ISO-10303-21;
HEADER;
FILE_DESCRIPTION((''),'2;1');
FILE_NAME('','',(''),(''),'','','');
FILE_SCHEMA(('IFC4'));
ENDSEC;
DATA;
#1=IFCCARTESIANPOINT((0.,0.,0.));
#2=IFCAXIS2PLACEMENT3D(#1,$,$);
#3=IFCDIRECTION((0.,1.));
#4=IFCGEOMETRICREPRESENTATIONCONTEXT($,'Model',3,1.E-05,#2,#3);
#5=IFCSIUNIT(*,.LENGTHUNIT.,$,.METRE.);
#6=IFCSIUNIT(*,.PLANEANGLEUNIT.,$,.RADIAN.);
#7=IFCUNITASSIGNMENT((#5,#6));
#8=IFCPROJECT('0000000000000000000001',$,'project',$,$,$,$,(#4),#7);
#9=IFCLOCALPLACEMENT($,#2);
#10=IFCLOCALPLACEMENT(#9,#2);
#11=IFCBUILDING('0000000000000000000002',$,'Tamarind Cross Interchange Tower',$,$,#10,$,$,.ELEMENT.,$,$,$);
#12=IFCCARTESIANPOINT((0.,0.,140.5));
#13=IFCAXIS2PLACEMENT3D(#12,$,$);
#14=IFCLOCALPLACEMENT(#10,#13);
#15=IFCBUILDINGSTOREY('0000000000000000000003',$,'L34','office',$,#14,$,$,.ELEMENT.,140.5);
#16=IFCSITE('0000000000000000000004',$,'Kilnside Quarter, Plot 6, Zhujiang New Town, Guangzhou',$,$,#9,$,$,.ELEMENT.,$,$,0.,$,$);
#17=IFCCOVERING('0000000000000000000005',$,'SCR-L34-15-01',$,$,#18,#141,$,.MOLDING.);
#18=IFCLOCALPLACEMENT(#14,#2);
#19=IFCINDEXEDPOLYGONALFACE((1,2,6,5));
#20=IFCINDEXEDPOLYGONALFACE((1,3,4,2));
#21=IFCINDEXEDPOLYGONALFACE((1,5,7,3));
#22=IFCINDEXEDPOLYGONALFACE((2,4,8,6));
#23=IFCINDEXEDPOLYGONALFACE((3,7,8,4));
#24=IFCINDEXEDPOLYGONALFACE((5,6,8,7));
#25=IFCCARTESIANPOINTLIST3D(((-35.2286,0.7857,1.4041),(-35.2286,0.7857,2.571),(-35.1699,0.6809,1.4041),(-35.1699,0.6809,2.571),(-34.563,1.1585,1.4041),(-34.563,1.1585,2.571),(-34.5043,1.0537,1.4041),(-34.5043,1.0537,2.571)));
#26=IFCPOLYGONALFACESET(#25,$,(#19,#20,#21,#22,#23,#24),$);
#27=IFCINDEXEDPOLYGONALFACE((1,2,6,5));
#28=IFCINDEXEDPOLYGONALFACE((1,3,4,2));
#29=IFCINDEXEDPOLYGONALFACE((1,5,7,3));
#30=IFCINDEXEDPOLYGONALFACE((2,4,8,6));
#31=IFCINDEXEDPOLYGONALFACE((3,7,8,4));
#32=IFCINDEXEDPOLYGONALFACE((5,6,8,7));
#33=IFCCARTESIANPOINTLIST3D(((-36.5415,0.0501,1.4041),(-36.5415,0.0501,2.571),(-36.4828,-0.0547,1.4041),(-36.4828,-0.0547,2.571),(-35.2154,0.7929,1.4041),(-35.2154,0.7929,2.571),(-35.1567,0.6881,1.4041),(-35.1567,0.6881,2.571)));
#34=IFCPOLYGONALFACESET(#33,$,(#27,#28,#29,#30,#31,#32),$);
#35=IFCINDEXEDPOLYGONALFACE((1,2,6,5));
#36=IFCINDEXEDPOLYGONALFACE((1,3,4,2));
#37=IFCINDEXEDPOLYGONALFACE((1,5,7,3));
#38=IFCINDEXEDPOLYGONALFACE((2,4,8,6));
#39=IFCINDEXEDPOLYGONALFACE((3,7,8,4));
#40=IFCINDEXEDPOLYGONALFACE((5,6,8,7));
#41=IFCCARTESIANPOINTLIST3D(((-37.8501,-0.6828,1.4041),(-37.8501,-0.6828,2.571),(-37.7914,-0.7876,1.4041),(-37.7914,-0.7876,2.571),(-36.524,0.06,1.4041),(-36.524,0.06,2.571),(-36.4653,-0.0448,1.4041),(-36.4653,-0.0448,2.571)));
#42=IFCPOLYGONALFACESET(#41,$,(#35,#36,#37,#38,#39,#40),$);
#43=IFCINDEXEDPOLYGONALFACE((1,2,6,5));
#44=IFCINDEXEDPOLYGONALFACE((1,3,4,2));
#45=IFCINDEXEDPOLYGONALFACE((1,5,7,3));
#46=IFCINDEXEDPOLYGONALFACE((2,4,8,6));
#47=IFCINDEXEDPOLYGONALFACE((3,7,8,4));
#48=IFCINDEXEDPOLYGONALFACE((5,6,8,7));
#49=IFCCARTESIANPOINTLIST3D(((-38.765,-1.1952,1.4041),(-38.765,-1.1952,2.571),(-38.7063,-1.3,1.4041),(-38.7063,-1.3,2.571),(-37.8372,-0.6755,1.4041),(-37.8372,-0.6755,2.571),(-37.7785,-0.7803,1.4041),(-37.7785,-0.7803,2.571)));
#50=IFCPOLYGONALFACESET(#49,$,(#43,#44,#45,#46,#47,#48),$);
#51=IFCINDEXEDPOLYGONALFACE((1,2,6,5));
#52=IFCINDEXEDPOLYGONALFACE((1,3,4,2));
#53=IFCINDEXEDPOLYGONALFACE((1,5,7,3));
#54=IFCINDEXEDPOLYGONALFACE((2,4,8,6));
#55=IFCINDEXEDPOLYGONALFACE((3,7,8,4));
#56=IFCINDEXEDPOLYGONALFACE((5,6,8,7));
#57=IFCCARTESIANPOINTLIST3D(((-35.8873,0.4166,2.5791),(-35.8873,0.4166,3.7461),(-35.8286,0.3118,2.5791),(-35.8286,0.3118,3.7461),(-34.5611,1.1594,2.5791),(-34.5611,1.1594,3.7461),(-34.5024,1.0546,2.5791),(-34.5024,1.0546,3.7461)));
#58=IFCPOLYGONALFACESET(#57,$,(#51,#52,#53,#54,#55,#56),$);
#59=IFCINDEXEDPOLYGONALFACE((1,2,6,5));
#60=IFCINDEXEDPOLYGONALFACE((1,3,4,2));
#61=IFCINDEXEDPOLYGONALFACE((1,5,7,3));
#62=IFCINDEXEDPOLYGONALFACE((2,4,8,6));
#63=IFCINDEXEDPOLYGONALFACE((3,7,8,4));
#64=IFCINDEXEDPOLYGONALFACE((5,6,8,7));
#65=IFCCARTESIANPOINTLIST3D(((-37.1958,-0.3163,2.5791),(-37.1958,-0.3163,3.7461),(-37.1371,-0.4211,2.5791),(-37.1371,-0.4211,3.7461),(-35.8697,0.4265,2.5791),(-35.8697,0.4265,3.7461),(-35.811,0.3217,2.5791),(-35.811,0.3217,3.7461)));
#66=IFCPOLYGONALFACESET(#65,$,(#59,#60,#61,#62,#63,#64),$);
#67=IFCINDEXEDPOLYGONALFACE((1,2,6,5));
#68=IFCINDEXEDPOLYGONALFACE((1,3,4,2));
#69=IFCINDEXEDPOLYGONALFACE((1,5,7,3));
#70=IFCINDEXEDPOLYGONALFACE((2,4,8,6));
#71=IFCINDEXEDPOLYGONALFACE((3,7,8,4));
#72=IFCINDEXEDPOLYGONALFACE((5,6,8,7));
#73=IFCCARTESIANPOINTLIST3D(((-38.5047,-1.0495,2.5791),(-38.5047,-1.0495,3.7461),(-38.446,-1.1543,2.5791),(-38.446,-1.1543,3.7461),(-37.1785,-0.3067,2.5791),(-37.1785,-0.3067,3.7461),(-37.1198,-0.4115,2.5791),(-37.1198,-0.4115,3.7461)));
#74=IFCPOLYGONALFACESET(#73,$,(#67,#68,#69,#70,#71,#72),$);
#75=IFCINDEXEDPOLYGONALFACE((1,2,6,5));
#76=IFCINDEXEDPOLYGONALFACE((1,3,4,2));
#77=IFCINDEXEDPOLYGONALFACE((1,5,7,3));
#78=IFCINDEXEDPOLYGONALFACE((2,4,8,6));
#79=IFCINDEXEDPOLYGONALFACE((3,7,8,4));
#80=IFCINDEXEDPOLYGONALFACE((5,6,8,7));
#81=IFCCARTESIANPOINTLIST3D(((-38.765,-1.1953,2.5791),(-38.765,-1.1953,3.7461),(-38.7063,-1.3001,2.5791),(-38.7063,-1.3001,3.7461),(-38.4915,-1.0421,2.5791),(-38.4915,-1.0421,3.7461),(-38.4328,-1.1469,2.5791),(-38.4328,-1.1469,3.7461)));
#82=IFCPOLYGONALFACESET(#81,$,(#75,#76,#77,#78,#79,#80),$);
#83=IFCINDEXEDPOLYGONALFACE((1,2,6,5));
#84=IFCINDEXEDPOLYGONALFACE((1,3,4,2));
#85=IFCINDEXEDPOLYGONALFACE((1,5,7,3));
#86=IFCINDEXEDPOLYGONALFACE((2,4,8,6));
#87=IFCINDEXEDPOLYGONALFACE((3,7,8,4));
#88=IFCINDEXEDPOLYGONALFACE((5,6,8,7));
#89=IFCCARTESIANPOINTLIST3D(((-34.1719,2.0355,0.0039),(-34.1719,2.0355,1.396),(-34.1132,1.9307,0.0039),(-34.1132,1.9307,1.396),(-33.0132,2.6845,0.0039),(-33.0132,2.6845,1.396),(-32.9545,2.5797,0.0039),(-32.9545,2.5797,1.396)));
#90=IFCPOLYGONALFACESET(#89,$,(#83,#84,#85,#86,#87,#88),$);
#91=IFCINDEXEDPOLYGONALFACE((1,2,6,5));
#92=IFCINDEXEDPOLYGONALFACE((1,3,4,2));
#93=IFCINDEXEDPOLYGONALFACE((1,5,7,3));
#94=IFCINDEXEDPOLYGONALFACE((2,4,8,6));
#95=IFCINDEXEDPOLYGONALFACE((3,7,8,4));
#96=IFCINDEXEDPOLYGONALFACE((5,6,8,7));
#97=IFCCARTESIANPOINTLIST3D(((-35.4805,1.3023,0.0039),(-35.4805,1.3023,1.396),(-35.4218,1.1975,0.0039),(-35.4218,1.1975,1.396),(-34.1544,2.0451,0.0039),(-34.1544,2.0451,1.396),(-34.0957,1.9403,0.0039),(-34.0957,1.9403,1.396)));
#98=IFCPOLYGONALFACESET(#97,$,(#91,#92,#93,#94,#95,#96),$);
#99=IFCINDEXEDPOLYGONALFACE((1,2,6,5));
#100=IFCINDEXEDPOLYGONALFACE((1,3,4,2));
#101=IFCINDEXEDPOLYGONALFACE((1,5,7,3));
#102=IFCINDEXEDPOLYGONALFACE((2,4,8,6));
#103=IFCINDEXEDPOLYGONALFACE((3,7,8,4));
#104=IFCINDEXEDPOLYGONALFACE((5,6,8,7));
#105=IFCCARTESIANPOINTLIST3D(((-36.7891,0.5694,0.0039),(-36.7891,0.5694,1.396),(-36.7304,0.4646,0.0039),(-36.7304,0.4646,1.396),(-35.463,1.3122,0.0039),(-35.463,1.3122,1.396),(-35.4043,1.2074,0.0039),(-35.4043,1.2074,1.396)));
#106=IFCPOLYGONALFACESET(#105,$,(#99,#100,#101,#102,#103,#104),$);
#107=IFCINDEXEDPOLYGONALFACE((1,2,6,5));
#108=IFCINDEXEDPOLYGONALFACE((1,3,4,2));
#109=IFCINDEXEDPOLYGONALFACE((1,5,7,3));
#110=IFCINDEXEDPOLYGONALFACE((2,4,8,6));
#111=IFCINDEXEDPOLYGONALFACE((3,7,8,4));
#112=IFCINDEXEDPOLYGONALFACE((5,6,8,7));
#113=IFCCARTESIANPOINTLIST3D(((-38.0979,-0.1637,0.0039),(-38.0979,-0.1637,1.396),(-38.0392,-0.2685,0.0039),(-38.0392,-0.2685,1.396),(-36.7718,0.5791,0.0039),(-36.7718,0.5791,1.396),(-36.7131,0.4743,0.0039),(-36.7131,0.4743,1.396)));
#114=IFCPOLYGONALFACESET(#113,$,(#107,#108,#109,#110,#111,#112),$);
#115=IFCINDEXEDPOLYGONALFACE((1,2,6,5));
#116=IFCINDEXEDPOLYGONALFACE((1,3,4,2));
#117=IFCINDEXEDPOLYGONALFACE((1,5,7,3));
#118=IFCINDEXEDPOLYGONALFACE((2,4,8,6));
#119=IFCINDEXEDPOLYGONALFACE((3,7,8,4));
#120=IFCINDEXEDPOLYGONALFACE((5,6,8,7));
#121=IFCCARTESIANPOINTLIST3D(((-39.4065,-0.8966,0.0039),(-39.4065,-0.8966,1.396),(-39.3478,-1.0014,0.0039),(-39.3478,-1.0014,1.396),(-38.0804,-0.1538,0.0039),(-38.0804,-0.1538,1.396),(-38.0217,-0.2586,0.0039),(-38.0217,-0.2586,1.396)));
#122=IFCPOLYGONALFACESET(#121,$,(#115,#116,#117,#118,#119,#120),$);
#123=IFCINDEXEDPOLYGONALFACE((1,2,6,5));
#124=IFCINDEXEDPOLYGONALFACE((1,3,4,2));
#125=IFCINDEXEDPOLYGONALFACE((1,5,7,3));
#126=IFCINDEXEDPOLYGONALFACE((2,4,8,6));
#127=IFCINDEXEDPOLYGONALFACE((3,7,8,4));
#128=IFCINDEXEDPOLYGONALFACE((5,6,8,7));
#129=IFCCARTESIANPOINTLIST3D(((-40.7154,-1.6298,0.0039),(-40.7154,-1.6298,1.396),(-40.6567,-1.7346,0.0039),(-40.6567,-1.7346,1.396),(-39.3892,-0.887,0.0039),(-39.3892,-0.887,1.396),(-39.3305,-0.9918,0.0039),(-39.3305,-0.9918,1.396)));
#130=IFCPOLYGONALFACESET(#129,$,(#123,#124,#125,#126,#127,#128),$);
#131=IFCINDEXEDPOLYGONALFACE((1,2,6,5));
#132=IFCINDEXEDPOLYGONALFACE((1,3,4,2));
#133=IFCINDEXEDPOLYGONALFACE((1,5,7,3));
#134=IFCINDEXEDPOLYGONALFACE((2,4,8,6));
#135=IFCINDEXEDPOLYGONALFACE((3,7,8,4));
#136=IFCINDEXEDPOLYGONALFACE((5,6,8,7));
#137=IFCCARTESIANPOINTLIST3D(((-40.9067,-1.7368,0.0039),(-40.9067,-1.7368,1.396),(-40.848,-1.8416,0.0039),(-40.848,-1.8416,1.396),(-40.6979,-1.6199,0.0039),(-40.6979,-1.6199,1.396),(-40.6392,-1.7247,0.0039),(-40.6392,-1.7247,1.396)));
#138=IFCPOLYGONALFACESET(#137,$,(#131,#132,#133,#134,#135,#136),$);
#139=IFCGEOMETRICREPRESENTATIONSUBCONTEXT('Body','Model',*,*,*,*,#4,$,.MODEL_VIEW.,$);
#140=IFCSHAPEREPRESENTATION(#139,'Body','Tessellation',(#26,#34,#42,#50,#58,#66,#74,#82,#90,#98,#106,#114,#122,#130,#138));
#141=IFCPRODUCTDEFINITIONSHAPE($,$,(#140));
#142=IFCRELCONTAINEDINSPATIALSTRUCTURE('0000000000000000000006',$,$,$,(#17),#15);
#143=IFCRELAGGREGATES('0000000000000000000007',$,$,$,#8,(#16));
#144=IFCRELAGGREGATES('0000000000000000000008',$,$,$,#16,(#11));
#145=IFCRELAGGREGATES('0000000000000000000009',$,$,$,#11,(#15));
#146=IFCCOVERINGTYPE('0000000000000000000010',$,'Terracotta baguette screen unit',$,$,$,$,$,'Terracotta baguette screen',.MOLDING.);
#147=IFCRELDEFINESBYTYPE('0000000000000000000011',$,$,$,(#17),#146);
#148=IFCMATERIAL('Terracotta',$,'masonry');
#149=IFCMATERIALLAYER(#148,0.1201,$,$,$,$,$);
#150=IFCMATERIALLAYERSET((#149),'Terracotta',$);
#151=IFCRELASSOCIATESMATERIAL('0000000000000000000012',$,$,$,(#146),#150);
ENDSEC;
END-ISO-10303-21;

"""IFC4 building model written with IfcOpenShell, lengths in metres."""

from ifc_helpers import new_model, si_unit, direction, frame, origin, origin_2d, place, context, subcontext, project, spatial, rectangle, extrude, material, layer, layer_set, type_object, element, save


model = new_model("IFC4")

# Units and contexts
model_context = context("Model", 3, precision=1e-05, world=origin(), true_north=direction((0.0, 1.0)))
body_context = subcontext(model_context, "Body", "Model", "MODEL_VIEW")
ifc_project = project(units=[si_unit("LENGTHUNIT", "METRE"), si_unit("PLANEANGLEUNIT", "RADIAN")], contexts=[model_context])

# Site, building, storey
site_placement = place(None, origin())
site = spatial("IfcSite", under=ifc_project, at=site_placement, Name="Kilnside Quarter, Plot 6, Zhujiang New Town, Guangzhou", CompositionType="ELEMENT", RefElevation=0.0)
building_placement = place(site_placement, origin())
building = spatial("IfcBuilding", under=site, at=building_placement, Name="Tamarind Cross Interchange Tower", CompositionType="ELEMENT")
storey_placement = place(building_placement, frame((0.0, 0.0, 140.5)))
storey = spatial("IfcBuildingStorey", under=building, at=storey_placement, Name="L34", Description="office", CompositionType="ELEMENT", Elevation=140.5)

# Covering
ifc_material_1 = material(Name="Terracotta", Category="masonry")
ifc_layer_1 = layer(ifc_material_1, 0.1201)
ifc_layer_set_1 = layer_set([ifc_layer_1], Name="Terracotta")
covering_type = type_object("IfcCoveringType", Name="Terracotta baguette screen unit", ElementType="Terracotta baguette screen", PredefinedType="MOLDING", material=ifc_layer_set_1)
covering_1_placement = place(storey_placement, origin())
element("IfcCovering", 1, at=covering_1_placement, inside=storey, type_object=covering_type, Name="SCR-L34-15-01", PredefinedType="MOLDING", context=body_context, shape_type="SweptSolid", body=[
    extrude(rectangle(XDim=0.7629, YDim=0.1201, at=origin_2d()), frame((-34.8665, 0.9197, 1.4041), z_axis=(0.0, 0.0, 1.0), x_axis=(-0.872458, -0.488688, 0.0)), (0.0, 0.0, 1.0), 1.167),
    extrude(rectangle(XDim=1.52, YDim=0.1201, at=origin_2d()), frame((-35.8491, 0.3691, 1.4041), z_axis=(0.0, 0.0, 1.0), x_axis=(-0.872458, -0.488688, 0.0)), (0.0, 0.0, 1.0), 1.167),
    extrude(rectangle(XDim=1.52, YDim=0.1201, at=origin_2d()), frame((-37.1577, -0.3638, 1.4041), z_axis=(0.0, 0.0, 1.0), x_axis=(-0.872458, -0.488688, 0.0)), (0.0, 0.0, 1.0), 1.167),
    extrude(rectangle(XDim=1.0635, YDim=0.1201, at=origin_2d()), frame((-38.2717, -0.9878, 1.4041), z_axis=(0.0, 0.0, 1.0), x_axis=(-0.872458, -0.488688, 0.0)), (0.0, 0.0, 1.0), 1.167),
    extrude(rectangle(XDim=1.52, YDim=0.1201, at=origin_2d()), frame((-35.1948, 0.7356, 2.5791), z_axis=(0.0, 0.0, 1.0), x_axis=(-0.872458, -0.488688, 0.0)), (0.0, 0.0, 1.0), 1.167),
    extrude(rectangle(XDim=1.52, YDim=0.1201, at=origin_2d()), frame((-36.5034, 0.0027, 2.5791), z_axis=(0.0, 0.0, 1.0), x_axis=(-0.872458, -0.488688, 0.0)), (0.0, 0.0, 1.0), 1.167),
    extrude(rectangle(XDim=1.52, YDim=0.1201, at=origin_2d()), frame((-37.8123, -0.7305, 2.5791), z_axis=(0.0, 0.0, 1.0), x_axis=(-0.872458, -0.488688, 0.0)), (0.0, 0.0, 1.0), 1.167),
    extrude(rectangle(XDim=0.3135, YDim=0.1201, at=origin_2d()), frame((-38.5989, -1.1711, 2.5791), z_axis=(0.0, 0.0, 1.0), x_axis=(-0.872458, -0.488688, 0.0)), (0.0, 0.0, 1.0), 1.167),
    extrude(rectangle(XDim=1.3281, YDim=0.1201, at=origin_2d()), frame((-33.5632, 2.3076, 0.0039), z_axis=(0.0, 0.0, 1.0), x_axis=(-0.872458, -0.488688, 0.0)), (0.0, 0.0, 1.0), 1.3921),
    extrude(rectangle(XDim=1.52, YDim=0.1201, at=origin_2d()), frame((-34.7881, 1.6213, 0.0039), z_axis=(0.0, 0.0, 1.0), x_axis=(-0.872458, -0.488688, 0.0)), (0.0, 0.0, 1.0), 1.3921),
    extrude(rectangle(XDim=1.52, YDim=0.1201, at=origin_2d()), frame((-36.0967, 0.8884, 0.0039), z_axis=(0.0, 0.0, 1.0), x_axis=(-0.872458, -0.488688, 0.0)), (0.0, 0.0, 1.0), 1.3921),
    extrude(rectangle(XDim=1.52, YDim=0.1201, at=origin_2d()), frame((-37.4055, 0.1553, 0.0039), z_axis=(0.0, 0.0, 1.0), x_axis=(-0.872458, -0.488688, 0.0)), (0.0, 0.0, 1.0), 1.3921),
    extrude(rectangle(XDim=1.52, YDim=0.1201, at=origin_2d()), frame((-38.7141, -0.5776, 0.0039), z_axis=(0.0, 0.0, 1.0), x_axis=(-0.872458, -0.488688, 0.0)), (0.0, 0.0, 1.0), 1.3921),
    extrude(rectangle(XDim=1.52, YDim=0.1201, at=origin_2d()), frame((-40.0229, -1.3108, 0.0039), z_axis=(0.0, 0.0, 1.0), x_axis=(-0.872458, -0.488688, 0.0)), (0.0, 0.0, 1.0), 1.3921),
    extrude(rectangle(XDim=0.2393, YDim=0.1201, at=origin_2d()), frame((-40.7729, -1.7307, 0.0039), z_axis=(0.0, 0.0, 1.0), x_axis=(-0.872458, -0.488688, 0.0)), (0.0, 0.0, 1.0), 1.3921),
])

save(model, "model.ifc")
